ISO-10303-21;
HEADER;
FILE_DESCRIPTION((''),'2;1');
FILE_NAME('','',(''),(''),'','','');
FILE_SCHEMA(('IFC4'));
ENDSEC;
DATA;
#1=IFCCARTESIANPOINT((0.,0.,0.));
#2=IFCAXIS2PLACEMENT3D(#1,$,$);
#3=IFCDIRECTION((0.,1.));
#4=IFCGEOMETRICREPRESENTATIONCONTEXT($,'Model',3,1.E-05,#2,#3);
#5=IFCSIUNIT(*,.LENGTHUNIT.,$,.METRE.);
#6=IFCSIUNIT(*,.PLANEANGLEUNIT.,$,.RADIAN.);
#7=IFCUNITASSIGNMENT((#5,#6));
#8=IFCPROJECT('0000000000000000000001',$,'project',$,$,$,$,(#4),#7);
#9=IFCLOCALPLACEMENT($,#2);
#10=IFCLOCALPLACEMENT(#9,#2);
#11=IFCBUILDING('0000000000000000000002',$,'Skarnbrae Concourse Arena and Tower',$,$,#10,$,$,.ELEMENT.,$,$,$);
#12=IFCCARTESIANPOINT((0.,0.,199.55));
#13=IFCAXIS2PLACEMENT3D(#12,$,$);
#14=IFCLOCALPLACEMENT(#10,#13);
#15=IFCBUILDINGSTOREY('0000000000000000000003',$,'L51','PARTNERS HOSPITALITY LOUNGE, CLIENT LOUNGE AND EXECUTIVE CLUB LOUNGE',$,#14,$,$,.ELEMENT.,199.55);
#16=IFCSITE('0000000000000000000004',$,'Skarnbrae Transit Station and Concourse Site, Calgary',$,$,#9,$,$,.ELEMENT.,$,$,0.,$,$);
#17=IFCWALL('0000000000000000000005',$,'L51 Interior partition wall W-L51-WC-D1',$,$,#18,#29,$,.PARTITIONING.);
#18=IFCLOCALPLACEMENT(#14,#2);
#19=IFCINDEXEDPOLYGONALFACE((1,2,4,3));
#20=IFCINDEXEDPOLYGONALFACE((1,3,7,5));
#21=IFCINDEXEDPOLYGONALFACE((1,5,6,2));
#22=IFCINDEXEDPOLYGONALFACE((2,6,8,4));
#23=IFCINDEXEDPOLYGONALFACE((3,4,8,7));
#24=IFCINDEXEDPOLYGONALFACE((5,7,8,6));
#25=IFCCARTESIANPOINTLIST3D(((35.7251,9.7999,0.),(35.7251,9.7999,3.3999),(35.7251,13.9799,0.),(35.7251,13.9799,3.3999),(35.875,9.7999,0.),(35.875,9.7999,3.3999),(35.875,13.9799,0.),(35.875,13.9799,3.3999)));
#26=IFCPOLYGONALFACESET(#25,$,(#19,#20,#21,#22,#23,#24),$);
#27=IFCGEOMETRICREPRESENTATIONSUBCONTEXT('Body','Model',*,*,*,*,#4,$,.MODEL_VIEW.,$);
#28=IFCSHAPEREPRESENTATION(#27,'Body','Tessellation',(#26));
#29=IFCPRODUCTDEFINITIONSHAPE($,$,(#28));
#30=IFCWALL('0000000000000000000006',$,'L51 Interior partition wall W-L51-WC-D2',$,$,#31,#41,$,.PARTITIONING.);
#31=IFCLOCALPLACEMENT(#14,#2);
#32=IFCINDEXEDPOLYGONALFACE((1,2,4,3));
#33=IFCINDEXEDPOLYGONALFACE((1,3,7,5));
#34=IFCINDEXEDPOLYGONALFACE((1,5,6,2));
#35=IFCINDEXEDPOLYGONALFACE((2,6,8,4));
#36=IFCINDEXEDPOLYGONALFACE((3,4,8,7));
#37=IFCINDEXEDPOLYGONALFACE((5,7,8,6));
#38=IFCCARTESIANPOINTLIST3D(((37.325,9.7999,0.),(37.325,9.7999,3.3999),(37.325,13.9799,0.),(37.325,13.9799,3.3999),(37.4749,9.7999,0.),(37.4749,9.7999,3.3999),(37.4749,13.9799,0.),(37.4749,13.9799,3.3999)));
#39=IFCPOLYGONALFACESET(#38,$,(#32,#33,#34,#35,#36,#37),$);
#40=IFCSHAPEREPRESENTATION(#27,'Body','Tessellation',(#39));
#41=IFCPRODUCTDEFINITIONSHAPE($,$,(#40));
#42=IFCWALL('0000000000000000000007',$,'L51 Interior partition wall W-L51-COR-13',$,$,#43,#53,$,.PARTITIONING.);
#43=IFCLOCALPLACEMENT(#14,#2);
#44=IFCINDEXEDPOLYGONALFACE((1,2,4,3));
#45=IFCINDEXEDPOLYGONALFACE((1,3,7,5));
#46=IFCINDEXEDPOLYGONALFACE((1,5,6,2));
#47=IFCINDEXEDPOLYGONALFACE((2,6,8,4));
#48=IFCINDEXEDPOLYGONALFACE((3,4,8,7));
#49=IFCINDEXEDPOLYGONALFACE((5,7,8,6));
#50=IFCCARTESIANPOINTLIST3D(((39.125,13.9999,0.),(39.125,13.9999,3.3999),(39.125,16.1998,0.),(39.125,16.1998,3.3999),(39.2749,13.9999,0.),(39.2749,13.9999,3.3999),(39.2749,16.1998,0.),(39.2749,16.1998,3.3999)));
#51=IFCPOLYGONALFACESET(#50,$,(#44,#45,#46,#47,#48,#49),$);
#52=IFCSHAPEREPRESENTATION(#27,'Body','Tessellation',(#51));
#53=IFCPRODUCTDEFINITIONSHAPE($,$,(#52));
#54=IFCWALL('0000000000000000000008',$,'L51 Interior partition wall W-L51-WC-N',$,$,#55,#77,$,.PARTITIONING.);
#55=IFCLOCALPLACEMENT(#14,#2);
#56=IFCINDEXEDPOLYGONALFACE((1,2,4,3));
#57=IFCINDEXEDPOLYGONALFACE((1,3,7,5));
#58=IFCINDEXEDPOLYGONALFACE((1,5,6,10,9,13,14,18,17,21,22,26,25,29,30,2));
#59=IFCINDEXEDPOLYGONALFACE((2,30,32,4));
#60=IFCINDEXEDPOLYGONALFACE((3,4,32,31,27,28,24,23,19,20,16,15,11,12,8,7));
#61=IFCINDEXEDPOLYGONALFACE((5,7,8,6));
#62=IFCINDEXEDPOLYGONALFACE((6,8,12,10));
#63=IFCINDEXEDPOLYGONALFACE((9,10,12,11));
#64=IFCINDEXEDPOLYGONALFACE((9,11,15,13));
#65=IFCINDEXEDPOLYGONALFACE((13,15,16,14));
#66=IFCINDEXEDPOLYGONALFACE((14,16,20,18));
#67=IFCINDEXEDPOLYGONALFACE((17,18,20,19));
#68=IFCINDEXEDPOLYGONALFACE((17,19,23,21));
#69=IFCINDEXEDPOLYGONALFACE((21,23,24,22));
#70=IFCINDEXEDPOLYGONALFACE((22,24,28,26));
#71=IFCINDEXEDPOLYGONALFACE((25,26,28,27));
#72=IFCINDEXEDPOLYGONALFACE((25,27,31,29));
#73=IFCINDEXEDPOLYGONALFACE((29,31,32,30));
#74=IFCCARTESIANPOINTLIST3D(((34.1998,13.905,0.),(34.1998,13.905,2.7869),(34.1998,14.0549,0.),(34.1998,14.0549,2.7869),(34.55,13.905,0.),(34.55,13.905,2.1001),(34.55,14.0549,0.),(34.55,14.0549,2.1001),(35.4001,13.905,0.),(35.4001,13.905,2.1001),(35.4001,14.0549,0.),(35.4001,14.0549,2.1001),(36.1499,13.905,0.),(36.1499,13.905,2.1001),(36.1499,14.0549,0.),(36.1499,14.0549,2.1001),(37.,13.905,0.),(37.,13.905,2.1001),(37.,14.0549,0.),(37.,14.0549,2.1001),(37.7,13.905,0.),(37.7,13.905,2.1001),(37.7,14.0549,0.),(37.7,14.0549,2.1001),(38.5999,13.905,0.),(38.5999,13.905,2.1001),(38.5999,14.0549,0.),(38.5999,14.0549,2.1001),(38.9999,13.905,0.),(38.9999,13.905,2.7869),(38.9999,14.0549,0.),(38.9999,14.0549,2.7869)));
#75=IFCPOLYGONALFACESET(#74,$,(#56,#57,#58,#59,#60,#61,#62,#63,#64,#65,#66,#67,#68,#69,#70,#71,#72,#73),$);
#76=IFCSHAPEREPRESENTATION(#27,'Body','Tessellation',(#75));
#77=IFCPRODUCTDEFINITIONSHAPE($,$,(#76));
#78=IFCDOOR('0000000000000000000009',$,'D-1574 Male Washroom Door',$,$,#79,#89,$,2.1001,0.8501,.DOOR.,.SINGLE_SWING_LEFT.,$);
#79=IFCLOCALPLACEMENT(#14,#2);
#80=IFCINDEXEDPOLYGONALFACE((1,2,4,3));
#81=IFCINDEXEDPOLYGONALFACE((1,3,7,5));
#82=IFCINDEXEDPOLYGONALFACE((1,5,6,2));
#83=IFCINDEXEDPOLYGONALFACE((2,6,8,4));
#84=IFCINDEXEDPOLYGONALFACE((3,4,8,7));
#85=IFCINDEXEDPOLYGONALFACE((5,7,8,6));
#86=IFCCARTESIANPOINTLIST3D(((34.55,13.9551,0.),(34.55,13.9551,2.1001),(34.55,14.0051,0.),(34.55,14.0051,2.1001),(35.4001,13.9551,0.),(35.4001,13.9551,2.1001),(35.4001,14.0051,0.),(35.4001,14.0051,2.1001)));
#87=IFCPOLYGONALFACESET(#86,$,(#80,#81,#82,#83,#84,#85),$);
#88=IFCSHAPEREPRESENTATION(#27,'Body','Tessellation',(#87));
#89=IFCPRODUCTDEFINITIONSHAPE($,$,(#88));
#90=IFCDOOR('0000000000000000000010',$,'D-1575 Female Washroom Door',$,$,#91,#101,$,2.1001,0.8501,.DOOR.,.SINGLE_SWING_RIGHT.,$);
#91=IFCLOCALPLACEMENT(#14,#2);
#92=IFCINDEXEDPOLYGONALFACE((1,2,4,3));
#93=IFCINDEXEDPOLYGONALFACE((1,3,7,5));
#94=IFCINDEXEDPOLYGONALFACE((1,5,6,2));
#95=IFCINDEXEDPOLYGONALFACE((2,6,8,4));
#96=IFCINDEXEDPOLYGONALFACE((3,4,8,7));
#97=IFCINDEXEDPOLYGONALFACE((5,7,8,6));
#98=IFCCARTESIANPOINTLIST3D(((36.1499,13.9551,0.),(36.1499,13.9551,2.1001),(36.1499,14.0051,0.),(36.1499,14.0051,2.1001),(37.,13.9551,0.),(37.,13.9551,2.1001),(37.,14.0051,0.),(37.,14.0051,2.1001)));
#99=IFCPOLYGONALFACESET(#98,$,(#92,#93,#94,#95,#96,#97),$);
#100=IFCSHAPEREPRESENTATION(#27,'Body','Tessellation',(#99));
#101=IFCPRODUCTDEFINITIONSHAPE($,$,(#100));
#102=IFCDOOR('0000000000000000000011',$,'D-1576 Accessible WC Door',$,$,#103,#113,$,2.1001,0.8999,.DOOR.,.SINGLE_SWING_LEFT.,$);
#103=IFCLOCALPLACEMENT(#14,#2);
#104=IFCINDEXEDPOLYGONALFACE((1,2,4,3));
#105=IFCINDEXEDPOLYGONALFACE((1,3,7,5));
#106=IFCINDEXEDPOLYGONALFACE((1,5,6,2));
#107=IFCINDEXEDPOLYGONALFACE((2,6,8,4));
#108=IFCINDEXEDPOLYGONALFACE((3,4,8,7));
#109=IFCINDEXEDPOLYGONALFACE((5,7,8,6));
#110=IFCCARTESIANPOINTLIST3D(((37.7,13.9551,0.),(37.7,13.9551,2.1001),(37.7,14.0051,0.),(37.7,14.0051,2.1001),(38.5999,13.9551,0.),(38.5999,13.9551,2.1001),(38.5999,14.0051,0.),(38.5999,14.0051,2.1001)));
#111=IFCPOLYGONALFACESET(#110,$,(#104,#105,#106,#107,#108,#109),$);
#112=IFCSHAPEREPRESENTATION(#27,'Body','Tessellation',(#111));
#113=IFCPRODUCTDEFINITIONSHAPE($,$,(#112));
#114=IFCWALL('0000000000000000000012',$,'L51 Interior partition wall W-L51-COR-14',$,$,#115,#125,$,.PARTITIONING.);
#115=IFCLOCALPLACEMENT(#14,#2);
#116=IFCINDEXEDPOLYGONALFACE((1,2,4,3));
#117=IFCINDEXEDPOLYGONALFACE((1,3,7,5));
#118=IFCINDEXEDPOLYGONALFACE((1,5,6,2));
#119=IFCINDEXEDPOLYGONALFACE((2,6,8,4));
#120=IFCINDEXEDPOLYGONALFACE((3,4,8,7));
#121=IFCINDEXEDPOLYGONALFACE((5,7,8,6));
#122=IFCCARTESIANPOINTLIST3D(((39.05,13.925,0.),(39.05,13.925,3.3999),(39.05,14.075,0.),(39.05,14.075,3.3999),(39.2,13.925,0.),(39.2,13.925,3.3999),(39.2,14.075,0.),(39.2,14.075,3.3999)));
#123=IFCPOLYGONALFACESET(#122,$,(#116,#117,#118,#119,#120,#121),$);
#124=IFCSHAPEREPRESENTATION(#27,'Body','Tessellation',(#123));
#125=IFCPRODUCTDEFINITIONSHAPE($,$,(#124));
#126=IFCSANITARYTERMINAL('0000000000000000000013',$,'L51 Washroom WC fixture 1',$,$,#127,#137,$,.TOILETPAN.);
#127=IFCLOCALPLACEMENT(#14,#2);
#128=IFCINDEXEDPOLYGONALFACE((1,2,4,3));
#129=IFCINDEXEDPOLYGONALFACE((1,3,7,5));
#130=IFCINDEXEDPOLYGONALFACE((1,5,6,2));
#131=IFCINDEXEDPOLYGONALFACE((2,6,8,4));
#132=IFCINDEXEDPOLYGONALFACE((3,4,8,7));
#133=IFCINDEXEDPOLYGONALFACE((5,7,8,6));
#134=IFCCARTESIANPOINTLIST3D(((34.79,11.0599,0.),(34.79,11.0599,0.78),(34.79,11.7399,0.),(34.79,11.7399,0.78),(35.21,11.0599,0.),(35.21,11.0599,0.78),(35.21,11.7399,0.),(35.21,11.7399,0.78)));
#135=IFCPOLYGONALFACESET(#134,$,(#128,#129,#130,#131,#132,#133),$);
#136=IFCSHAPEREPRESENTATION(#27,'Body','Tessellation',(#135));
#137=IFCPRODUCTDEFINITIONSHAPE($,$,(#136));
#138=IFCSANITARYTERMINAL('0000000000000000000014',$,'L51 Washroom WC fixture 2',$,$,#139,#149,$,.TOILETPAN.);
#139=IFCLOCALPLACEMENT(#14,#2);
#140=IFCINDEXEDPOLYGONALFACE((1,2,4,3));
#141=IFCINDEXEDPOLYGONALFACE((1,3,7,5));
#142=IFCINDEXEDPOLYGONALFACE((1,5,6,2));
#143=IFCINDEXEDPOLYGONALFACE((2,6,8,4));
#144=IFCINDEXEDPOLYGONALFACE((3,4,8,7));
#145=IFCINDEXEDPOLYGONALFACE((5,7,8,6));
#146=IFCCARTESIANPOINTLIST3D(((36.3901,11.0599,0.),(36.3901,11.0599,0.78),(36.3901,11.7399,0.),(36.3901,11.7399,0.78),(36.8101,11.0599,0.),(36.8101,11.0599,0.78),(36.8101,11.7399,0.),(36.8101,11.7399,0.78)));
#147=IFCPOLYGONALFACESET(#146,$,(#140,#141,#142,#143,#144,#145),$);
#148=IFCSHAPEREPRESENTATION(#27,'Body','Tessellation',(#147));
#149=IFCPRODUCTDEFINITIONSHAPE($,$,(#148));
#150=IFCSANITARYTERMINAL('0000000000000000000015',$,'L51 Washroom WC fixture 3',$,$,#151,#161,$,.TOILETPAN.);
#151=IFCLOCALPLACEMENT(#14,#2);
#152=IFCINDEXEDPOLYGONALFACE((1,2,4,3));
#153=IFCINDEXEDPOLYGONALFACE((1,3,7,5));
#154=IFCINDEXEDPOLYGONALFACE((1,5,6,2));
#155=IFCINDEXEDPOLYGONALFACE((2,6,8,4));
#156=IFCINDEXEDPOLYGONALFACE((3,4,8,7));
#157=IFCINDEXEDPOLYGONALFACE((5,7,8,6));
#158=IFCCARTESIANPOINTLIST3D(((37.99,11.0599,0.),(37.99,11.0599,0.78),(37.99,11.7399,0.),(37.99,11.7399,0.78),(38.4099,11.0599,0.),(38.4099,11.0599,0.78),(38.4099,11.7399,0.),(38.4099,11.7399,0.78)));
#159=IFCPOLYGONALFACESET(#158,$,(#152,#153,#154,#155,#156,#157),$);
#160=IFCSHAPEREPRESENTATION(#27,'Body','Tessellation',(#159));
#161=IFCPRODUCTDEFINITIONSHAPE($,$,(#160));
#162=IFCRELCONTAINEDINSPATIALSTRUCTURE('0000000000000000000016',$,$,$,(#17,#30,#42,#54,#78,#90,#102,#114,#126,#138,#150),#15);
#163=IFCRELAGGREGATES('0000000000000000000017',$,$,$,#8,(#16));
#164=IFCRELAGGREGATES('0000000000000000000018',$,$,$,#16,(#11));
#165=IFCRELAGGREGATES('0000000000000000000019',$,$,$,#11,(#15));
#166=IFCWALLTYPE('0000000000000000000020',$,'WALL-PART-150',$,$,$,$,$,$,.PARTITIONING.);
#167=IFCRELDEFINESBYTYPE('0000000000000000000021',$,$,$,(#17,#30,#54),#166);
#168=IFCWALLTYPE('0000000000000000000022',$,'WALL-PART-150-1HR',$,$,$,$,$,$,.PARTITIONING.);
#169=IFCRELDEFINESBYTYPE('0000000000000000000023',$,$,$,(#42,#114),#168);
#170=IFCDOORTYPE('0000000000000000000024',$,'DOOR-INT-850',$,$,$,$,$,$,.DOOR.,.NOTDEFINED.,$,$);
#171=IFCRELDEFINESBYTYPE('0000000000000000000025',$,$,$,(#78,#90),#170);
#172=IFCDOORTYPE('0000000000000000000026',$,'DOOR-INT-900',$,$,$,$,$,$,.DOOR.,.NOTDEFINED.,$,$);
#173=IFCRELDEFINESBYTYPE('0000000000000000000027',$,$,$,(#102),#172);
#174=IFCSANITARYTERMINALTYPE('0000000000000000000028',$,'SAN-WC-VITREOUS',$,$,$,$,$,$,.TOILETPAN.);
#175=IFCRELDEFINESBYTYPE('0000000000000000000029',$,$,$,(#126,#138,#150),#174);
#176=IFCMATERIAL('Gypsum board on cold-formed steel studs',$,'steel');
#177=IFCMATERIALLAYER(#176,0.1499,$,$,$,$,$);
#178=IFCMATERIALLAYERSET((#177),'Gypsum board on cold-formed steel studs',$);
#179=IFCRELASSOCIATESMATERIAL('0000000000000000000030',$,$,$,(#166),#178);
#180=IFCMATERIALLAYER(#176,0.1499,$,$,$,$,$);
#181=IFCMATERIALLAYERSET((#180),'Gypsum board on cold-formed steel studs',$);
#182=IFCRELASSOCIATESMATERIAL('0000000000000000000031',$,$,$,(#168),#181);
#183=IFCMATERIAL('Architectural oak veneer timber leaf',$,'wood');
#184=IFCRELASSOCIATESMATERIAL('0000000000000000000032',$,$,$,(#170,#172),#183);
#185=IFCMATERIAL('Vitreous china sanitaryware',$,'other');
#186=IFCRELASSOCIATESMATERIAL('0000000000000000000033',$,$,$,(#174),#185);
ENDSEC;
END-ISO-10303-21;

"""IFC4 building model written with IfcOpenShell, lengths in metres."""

from ifc_helpers import new_model, si_unit, direction, frame, frame_2d, origin, origin_2d, place, context, subcontext, project, spatial, rectangle, extrude, source, transform, mapped, material, layer, layer_set, type_object, element, fill, save


model = new_model("IFC4")

# Units and contexts
model_context = context("Model", 3, precision=1e-05, world=origin(), true_north=direction((0.0, 1.0)))
body_context = subcontext(model_context, "Body", "Model", "MODEL_VIEW")
ifc_project = project(units=[si_unit("LENGTHUNIT", "METRE"), si_unit("PLANEANGLEUNIT", "RADIAN")], contexts=[model_context])

# Site, building, storey
site_placement = place(None, origin())
site = spatial("IfcSite", under=ifc_project, at=site_placement, Name="Skarnbrae Transit Station and Concourse Site, Calgary", CompositionType="ELEMENT", RefElevation=0.0)
building_placement = place(site_placement, origin())
building = spatial("IfcBuilding", under=site, at=building_placement, Name="Skarnbrae Concourse Arena and Tower", CompositionType="ELEMENT")
storey_placement = place(building_placement, frame((0.0, 0.0, 199.55)))
storey = spatial("IfcBuildingStorey", under=building, at=storey_placement, Name="L51", Description="PARTNERS HOSPITALITY LOUNGE, CLIENT LOUNGE AND EXECUTIVE CLUB LOUNGE", CompositionType="ELEMENT", Elevation=199.55)

# Walls
ifc_material_1 = material(Name="Gypsum board on cold-formed steel studs", Category="steel")
ifc_layer_1 = layer(ifc_material_1, 0.1499)
ifc_layer_set_1 = layer_set([ifc_layer_1], Name="Gypsum board on cold-formed steel studs")
wall_type_1 = type_object("IfcWallType", Name="WALL-PART-150", PredefinedType="PARTITIONING", material=ifc_layer_set_1)
shared_shape_1 = source(origin(), body_context, "Body", "SweptSolid", [
    extrude(rectangle(XDim=4.1799, YDim=0.1499, at=frame_2d((2.0898, 0.0))), origin(), (0.0, 0.0, 1.0), 3.3999),
])
for number, where, z_axis, x_axis, name in (
    (1, (35.8, 9.8, 0.0), (0.0, 0.0, 1.0), (0.0, 1.0, 0.0), "L51 Interior partition wall W-L51-WC-D1"),
    (2, (37.3999, 9.8, 0.0), (0.0, 0.0, 1.0), (0.0, 1.0, 0.0), "L51 Interior partition wall W-L51-WC-D2"),
):
    element("IfcWall", number, at=place(storey_placement, frame(where, z_axis=z_axis, x_axis=x_axis)), inside=storey, type_object=wall_type_1, Name=name, PredefinedType="PARTITIONING", context=body_context, shape_type="MappedRepresentation", body=[
        mapped(shared_shape_1, transform((0.0, 0.0, 0.0))),
    ])
ifc_layer_2 = layer(ifc_material_1, 0.1499)
ifc_layer_set_2 = layer_set([ifc_layer_2], Name="Gypsum board on cold-formed steel studs")
wall_type_2 = type_object("IfcWallType", Name="WALL-PART-150-1HR", PredefinedType="PARTITIONING", material=ifc_layer_set_2)
shared_shape_2 = source(origin(), body_context, "Body", "SweptSolid", [
    extrude(rectangle(XDim=2.2, YDim=0.1499, at=frame_2d((1.1001, 0.0))), origin(), (0.0, 0.0, 1.0), 3.3999),
])
wall_1_placement = place(storey_placement, frame((39.2, 16.2, 0.0), z_axis=(0.0, 0.0, 1.0), x_axis=(0.0, -1.0, 0.0)))
element("IfcWall", 3, at=wall_1_placement, inside=storey, type_object=wall_type_2, Name="L51 Interior partition wall W-L51-COR-13", PredefinedType="PARTITIONING", context=body_context, shape_type="MappedRepresentation", body=[
    mapped(shared_shape_2, transform((0.0, 0.0, 0.0))),
])

# Wall, openings, doors
shared_shape_3 = source(origin(), body_context, "Body", "SweptSolid", [
    extrude(rectangle(XDim=4.8, YDim=0.1499, at=frame_2d((2.3999, 0.0))), origin(), (0.0, 0.0, 1.0), 2.7869),
])
wall_2_placement = place(storey_placement, frame((34.2, 13.98, 0.0), z_axis=(0.0, 0.0, 1.0), x_axis=(1.0, 0.0, 0.0)))
wall_2 = element("IfcWall", 4, at=wall_2_placement, inside=storey, type_object=wall_type_1, Name="L51 Interior partition wall W-L51-WC-N", PredefinedType="PARTITIONING", context=body_context, shape_type="MappedRepresentation", body=[
    mapped(shared_shape_3, transform((0.0, 0.0, 0.0))),
])
opening_1_placement = place(wall_2_placement, frame((0.3501, 0.0, 0.0)))
opening_1 = element("IfcOpeningElement", 5, at=opening_1_placement, cuts=wall_2, PredefinedType="OPENING", context=body_context, shape_type="SweptSolid", body=[
    extrude(rectangle(XDim=0.8501, YDim=2.1001, at=frame_2d((0.425, 1.05))), frame((0.0, 0.085, 0.0), z_axis=(0.0, -1.0, 0.0), x_axis=(1.0, 0.0, 0.0)), (0.0, 0.0, 1.0), 0.1699),
])
opening_2_placement = place(wall_2_placement, frame((1.95, 0.0, 0.0)))
opening_2 = element("IfcOpeningElement", 6, at=opening_2_placement, cuts=wall_2, PredefinedType="OPENING", context=body_context, shape_type="SweptSolid", body=[
    extrude(rectangle(XDim=0.8501, YDim=2.1001, at=frame_2d((0.425, 1.05))), frame((0.0, 0.085, 0.0), z_axis=(0.0, -1.0, 0.0), x_axis=(1.0, 0.0, 0.0)), (0.0, 0.0, 1.0), 0.1699),
])
opening_3_placement = place(wall_2_placement, frame((3.5, 0.0, 0.0)))
opening_3 = element("IfcOpeningElement", 7, at=opening_3_placement, cuts=wall_2, PredefinedType="OPENING", context=body_context, shape_type="SweptSolid", body=[
    extrude(rectangle(XDim=0.8999, YDim=2.1001, at=frame_2d((0.45, 1.05))), frame((0.0, 0.085, 0.0), z_axis=(0.0, -1.0, 0.0), x_axis=(1.0, 0.0, 0.0)), (0.0, 0.0, 1.0), 0.1699),
])
ifc_material_2 = material(Name="Architectural oak veneer timber leaf", Category="wood")
door_type_1 = type_object("IfcDoorType", Name="DOOR-INT-850", OperationType="NOTDEFINED", PredefinedType="DOOR", material=ifc_material_2)
shared_shape_4 = source(origin(), body_context, "Body", "SweptSolid", [
    extrude(rectangle(XDim=0.8501, YDim=2.1001, at=frame_2d((0.425, 1.05))), frame((0.0, 0.0249, 0.0), z_axis=(0.0, -1.0, 0.0), x_axis=(1.0, 0.0, 0.0)), (0.0, 0.0, 1.0), 0.05),
])
door_1_placement = place(opening_1_placement, frame((0.8501, 0.0, 0.0), z_axis=(0.0, 0.0, 1.0), x_axis=(-1.0, 0.0, 0.0)))
door_1 = element("IfcDoor", 8, at=door_1_placement, inside=storey, type_object=door_type_1, Name="D-1574 Male Washroom Door", OperationType="SINGLE_SWING_LEFT", OverallHeight=2.1001, OverallWidth=0.8501, PredefinedType="DOOR", context=body_context, shape_type="MappedRepresentation", body=[
    mapped(shared_shape_4, transform((0.0, 0.0, 0.0))),
])
fill(opening_1, door_1)
door_2_placement = place(opening_2_placement, frame((0.8501, 0.0, 0.0), z_axis=(0.0, 0.0, 1.0), x_axis=(-1.0, 0.0, 0.0)))
door_2 = element("IfcDoor", 9, at=door_2_placement, inside=storey, type_object=door_type_1, Name="D-1575 Female Washroom Door", OperationType="SINGLE_SWING_RIGHT", OverallHeight=2.1001, OverallWidth=0.8501, PredefinedType="DOOR", context=body_context, shape_type="MappedRepresentation", body=[
    mapped(shared_shape_4, transform((0.0, 0.0, 0.0))),
])
fill(opening_2, door_2)
door_type_2 = type_object("IfcDoorType", Name="DOOR-INT-900", OperationType="NOTDEFINED", PredefinedType="DOOR", material=ifc_material_2)
shared_shape_5 = source(origin(), body_context, "Body", "SweptSolid", [
    extrude(rectangle(XDim=0.8999, YDim=2.1001, at=frame_2d((0.45, 1.05))), frame((0.0, 0.0249, 0.0), z_axis=(0.0, -1.0, 0.0), x_axis=(1.0, 0.0, 0.0)), (0.0, 0.0, 1.0), 0.05),
])
door_3_placement = place(opening_3_placement, frame((0.8999, 0.0, 0.0), z_axis=(0.0, 0.0, 1.0), x_axis=(-1.0, 0.0, 0.0)))
door_3 = element("IfcDoor", 10, at=door_3_placement, inside=storey, type_object=door_type_2, Name="D-1576 Accessible WC Door", OperationType="SINGLE_SWING_LEFT", OverallHeight=2.1001, OverallWidth=0.8999, PredefinedType="DOOR", context=body_context, shape_type="MappedRepresentation", body=[
    mapped(shared_shape_5, transform((0.0, 0.0, 0.0))),
])
fill(opening_3, door_3)

# Wall
shared_shape_6 = source(origin(), body_context, "Body", "SweptSolid", [
    extrude(rectangle(XDim=0.1499, YDim=0.1499, at=frame_2d((0.075, 0.0))), origin(), (0.0, 0.0, 1.0), 3.3999),
])
wall_3_placement = place(storey_placement, frame((39.2, 14.0, 0.0), z_axis=(0.0, 0.0, 1.0), x_axis=(-1.0, 0.0, 0.0)))
element("IfcWall", 11, at=wall_3_placement, inside=storey, type_object=wall_type_2, Name="L51 Interior partition wall W-L51-COR-14", PredefinedType="PARTITIONING", context=body_context, shape_type="MappedRepresentation", body=[
    mapped(shared_shape_6, transform((0.0, 0.0, 0.0))),
])

# Sanitary terminals
ifc_material_3 = material(Name="Vitreous china sanitaryware", Category="other")
sanitary_terminal_type = type_object("IfcSanitaryTerminalType", Name="SAN-WC-VITREOUS", PredefinedType="TOILETPAN", material=ifc_material_3)
shared_shape_7 = source(origin(), body_context, "Body", "SweptSolid", [
    extrude(rectangle(XDim=0.4199, YDim=0.6799, at=origin_2d()), origin(), (0.0, 0.0, 1.0), 0.78),
])
for number, where, z_axis, x_axis, name in (
    (12, (35.0, 11.3999, 0.0), (0.0, 0.0, 1.0), (1.0, 0.0, 0.0), "L51 Washroom WC fixture 1"),
    (13, (36.6001, 11.3999, 0.0), (0.0, 0.0, 1.0), (1.0, 0.0, 0.0), "L51 Washroom WC fixture 2"),
    (14, (38.2, 11.3999, 0.0), (0.0, 0.0, 1.0), (1.0, 0.0, 0.0), "L51 Washroom WC fixture 3"),
):
    element("IfcSanitaryTerminal", number, at=place(storey_placement, frame(where, z_axis=z_axis, x_axis=x_axis)), inside=storey, type_object=sanitary_terminal_type, Name=name, PredefinedType="TOILETPAN", context=body_context, shape_type="MappedRepresentation", body=[
        mapped(shared_shape_7, transform((0.0, 0.0, 0.0))),
    ])

save(model, "model.ifc")
